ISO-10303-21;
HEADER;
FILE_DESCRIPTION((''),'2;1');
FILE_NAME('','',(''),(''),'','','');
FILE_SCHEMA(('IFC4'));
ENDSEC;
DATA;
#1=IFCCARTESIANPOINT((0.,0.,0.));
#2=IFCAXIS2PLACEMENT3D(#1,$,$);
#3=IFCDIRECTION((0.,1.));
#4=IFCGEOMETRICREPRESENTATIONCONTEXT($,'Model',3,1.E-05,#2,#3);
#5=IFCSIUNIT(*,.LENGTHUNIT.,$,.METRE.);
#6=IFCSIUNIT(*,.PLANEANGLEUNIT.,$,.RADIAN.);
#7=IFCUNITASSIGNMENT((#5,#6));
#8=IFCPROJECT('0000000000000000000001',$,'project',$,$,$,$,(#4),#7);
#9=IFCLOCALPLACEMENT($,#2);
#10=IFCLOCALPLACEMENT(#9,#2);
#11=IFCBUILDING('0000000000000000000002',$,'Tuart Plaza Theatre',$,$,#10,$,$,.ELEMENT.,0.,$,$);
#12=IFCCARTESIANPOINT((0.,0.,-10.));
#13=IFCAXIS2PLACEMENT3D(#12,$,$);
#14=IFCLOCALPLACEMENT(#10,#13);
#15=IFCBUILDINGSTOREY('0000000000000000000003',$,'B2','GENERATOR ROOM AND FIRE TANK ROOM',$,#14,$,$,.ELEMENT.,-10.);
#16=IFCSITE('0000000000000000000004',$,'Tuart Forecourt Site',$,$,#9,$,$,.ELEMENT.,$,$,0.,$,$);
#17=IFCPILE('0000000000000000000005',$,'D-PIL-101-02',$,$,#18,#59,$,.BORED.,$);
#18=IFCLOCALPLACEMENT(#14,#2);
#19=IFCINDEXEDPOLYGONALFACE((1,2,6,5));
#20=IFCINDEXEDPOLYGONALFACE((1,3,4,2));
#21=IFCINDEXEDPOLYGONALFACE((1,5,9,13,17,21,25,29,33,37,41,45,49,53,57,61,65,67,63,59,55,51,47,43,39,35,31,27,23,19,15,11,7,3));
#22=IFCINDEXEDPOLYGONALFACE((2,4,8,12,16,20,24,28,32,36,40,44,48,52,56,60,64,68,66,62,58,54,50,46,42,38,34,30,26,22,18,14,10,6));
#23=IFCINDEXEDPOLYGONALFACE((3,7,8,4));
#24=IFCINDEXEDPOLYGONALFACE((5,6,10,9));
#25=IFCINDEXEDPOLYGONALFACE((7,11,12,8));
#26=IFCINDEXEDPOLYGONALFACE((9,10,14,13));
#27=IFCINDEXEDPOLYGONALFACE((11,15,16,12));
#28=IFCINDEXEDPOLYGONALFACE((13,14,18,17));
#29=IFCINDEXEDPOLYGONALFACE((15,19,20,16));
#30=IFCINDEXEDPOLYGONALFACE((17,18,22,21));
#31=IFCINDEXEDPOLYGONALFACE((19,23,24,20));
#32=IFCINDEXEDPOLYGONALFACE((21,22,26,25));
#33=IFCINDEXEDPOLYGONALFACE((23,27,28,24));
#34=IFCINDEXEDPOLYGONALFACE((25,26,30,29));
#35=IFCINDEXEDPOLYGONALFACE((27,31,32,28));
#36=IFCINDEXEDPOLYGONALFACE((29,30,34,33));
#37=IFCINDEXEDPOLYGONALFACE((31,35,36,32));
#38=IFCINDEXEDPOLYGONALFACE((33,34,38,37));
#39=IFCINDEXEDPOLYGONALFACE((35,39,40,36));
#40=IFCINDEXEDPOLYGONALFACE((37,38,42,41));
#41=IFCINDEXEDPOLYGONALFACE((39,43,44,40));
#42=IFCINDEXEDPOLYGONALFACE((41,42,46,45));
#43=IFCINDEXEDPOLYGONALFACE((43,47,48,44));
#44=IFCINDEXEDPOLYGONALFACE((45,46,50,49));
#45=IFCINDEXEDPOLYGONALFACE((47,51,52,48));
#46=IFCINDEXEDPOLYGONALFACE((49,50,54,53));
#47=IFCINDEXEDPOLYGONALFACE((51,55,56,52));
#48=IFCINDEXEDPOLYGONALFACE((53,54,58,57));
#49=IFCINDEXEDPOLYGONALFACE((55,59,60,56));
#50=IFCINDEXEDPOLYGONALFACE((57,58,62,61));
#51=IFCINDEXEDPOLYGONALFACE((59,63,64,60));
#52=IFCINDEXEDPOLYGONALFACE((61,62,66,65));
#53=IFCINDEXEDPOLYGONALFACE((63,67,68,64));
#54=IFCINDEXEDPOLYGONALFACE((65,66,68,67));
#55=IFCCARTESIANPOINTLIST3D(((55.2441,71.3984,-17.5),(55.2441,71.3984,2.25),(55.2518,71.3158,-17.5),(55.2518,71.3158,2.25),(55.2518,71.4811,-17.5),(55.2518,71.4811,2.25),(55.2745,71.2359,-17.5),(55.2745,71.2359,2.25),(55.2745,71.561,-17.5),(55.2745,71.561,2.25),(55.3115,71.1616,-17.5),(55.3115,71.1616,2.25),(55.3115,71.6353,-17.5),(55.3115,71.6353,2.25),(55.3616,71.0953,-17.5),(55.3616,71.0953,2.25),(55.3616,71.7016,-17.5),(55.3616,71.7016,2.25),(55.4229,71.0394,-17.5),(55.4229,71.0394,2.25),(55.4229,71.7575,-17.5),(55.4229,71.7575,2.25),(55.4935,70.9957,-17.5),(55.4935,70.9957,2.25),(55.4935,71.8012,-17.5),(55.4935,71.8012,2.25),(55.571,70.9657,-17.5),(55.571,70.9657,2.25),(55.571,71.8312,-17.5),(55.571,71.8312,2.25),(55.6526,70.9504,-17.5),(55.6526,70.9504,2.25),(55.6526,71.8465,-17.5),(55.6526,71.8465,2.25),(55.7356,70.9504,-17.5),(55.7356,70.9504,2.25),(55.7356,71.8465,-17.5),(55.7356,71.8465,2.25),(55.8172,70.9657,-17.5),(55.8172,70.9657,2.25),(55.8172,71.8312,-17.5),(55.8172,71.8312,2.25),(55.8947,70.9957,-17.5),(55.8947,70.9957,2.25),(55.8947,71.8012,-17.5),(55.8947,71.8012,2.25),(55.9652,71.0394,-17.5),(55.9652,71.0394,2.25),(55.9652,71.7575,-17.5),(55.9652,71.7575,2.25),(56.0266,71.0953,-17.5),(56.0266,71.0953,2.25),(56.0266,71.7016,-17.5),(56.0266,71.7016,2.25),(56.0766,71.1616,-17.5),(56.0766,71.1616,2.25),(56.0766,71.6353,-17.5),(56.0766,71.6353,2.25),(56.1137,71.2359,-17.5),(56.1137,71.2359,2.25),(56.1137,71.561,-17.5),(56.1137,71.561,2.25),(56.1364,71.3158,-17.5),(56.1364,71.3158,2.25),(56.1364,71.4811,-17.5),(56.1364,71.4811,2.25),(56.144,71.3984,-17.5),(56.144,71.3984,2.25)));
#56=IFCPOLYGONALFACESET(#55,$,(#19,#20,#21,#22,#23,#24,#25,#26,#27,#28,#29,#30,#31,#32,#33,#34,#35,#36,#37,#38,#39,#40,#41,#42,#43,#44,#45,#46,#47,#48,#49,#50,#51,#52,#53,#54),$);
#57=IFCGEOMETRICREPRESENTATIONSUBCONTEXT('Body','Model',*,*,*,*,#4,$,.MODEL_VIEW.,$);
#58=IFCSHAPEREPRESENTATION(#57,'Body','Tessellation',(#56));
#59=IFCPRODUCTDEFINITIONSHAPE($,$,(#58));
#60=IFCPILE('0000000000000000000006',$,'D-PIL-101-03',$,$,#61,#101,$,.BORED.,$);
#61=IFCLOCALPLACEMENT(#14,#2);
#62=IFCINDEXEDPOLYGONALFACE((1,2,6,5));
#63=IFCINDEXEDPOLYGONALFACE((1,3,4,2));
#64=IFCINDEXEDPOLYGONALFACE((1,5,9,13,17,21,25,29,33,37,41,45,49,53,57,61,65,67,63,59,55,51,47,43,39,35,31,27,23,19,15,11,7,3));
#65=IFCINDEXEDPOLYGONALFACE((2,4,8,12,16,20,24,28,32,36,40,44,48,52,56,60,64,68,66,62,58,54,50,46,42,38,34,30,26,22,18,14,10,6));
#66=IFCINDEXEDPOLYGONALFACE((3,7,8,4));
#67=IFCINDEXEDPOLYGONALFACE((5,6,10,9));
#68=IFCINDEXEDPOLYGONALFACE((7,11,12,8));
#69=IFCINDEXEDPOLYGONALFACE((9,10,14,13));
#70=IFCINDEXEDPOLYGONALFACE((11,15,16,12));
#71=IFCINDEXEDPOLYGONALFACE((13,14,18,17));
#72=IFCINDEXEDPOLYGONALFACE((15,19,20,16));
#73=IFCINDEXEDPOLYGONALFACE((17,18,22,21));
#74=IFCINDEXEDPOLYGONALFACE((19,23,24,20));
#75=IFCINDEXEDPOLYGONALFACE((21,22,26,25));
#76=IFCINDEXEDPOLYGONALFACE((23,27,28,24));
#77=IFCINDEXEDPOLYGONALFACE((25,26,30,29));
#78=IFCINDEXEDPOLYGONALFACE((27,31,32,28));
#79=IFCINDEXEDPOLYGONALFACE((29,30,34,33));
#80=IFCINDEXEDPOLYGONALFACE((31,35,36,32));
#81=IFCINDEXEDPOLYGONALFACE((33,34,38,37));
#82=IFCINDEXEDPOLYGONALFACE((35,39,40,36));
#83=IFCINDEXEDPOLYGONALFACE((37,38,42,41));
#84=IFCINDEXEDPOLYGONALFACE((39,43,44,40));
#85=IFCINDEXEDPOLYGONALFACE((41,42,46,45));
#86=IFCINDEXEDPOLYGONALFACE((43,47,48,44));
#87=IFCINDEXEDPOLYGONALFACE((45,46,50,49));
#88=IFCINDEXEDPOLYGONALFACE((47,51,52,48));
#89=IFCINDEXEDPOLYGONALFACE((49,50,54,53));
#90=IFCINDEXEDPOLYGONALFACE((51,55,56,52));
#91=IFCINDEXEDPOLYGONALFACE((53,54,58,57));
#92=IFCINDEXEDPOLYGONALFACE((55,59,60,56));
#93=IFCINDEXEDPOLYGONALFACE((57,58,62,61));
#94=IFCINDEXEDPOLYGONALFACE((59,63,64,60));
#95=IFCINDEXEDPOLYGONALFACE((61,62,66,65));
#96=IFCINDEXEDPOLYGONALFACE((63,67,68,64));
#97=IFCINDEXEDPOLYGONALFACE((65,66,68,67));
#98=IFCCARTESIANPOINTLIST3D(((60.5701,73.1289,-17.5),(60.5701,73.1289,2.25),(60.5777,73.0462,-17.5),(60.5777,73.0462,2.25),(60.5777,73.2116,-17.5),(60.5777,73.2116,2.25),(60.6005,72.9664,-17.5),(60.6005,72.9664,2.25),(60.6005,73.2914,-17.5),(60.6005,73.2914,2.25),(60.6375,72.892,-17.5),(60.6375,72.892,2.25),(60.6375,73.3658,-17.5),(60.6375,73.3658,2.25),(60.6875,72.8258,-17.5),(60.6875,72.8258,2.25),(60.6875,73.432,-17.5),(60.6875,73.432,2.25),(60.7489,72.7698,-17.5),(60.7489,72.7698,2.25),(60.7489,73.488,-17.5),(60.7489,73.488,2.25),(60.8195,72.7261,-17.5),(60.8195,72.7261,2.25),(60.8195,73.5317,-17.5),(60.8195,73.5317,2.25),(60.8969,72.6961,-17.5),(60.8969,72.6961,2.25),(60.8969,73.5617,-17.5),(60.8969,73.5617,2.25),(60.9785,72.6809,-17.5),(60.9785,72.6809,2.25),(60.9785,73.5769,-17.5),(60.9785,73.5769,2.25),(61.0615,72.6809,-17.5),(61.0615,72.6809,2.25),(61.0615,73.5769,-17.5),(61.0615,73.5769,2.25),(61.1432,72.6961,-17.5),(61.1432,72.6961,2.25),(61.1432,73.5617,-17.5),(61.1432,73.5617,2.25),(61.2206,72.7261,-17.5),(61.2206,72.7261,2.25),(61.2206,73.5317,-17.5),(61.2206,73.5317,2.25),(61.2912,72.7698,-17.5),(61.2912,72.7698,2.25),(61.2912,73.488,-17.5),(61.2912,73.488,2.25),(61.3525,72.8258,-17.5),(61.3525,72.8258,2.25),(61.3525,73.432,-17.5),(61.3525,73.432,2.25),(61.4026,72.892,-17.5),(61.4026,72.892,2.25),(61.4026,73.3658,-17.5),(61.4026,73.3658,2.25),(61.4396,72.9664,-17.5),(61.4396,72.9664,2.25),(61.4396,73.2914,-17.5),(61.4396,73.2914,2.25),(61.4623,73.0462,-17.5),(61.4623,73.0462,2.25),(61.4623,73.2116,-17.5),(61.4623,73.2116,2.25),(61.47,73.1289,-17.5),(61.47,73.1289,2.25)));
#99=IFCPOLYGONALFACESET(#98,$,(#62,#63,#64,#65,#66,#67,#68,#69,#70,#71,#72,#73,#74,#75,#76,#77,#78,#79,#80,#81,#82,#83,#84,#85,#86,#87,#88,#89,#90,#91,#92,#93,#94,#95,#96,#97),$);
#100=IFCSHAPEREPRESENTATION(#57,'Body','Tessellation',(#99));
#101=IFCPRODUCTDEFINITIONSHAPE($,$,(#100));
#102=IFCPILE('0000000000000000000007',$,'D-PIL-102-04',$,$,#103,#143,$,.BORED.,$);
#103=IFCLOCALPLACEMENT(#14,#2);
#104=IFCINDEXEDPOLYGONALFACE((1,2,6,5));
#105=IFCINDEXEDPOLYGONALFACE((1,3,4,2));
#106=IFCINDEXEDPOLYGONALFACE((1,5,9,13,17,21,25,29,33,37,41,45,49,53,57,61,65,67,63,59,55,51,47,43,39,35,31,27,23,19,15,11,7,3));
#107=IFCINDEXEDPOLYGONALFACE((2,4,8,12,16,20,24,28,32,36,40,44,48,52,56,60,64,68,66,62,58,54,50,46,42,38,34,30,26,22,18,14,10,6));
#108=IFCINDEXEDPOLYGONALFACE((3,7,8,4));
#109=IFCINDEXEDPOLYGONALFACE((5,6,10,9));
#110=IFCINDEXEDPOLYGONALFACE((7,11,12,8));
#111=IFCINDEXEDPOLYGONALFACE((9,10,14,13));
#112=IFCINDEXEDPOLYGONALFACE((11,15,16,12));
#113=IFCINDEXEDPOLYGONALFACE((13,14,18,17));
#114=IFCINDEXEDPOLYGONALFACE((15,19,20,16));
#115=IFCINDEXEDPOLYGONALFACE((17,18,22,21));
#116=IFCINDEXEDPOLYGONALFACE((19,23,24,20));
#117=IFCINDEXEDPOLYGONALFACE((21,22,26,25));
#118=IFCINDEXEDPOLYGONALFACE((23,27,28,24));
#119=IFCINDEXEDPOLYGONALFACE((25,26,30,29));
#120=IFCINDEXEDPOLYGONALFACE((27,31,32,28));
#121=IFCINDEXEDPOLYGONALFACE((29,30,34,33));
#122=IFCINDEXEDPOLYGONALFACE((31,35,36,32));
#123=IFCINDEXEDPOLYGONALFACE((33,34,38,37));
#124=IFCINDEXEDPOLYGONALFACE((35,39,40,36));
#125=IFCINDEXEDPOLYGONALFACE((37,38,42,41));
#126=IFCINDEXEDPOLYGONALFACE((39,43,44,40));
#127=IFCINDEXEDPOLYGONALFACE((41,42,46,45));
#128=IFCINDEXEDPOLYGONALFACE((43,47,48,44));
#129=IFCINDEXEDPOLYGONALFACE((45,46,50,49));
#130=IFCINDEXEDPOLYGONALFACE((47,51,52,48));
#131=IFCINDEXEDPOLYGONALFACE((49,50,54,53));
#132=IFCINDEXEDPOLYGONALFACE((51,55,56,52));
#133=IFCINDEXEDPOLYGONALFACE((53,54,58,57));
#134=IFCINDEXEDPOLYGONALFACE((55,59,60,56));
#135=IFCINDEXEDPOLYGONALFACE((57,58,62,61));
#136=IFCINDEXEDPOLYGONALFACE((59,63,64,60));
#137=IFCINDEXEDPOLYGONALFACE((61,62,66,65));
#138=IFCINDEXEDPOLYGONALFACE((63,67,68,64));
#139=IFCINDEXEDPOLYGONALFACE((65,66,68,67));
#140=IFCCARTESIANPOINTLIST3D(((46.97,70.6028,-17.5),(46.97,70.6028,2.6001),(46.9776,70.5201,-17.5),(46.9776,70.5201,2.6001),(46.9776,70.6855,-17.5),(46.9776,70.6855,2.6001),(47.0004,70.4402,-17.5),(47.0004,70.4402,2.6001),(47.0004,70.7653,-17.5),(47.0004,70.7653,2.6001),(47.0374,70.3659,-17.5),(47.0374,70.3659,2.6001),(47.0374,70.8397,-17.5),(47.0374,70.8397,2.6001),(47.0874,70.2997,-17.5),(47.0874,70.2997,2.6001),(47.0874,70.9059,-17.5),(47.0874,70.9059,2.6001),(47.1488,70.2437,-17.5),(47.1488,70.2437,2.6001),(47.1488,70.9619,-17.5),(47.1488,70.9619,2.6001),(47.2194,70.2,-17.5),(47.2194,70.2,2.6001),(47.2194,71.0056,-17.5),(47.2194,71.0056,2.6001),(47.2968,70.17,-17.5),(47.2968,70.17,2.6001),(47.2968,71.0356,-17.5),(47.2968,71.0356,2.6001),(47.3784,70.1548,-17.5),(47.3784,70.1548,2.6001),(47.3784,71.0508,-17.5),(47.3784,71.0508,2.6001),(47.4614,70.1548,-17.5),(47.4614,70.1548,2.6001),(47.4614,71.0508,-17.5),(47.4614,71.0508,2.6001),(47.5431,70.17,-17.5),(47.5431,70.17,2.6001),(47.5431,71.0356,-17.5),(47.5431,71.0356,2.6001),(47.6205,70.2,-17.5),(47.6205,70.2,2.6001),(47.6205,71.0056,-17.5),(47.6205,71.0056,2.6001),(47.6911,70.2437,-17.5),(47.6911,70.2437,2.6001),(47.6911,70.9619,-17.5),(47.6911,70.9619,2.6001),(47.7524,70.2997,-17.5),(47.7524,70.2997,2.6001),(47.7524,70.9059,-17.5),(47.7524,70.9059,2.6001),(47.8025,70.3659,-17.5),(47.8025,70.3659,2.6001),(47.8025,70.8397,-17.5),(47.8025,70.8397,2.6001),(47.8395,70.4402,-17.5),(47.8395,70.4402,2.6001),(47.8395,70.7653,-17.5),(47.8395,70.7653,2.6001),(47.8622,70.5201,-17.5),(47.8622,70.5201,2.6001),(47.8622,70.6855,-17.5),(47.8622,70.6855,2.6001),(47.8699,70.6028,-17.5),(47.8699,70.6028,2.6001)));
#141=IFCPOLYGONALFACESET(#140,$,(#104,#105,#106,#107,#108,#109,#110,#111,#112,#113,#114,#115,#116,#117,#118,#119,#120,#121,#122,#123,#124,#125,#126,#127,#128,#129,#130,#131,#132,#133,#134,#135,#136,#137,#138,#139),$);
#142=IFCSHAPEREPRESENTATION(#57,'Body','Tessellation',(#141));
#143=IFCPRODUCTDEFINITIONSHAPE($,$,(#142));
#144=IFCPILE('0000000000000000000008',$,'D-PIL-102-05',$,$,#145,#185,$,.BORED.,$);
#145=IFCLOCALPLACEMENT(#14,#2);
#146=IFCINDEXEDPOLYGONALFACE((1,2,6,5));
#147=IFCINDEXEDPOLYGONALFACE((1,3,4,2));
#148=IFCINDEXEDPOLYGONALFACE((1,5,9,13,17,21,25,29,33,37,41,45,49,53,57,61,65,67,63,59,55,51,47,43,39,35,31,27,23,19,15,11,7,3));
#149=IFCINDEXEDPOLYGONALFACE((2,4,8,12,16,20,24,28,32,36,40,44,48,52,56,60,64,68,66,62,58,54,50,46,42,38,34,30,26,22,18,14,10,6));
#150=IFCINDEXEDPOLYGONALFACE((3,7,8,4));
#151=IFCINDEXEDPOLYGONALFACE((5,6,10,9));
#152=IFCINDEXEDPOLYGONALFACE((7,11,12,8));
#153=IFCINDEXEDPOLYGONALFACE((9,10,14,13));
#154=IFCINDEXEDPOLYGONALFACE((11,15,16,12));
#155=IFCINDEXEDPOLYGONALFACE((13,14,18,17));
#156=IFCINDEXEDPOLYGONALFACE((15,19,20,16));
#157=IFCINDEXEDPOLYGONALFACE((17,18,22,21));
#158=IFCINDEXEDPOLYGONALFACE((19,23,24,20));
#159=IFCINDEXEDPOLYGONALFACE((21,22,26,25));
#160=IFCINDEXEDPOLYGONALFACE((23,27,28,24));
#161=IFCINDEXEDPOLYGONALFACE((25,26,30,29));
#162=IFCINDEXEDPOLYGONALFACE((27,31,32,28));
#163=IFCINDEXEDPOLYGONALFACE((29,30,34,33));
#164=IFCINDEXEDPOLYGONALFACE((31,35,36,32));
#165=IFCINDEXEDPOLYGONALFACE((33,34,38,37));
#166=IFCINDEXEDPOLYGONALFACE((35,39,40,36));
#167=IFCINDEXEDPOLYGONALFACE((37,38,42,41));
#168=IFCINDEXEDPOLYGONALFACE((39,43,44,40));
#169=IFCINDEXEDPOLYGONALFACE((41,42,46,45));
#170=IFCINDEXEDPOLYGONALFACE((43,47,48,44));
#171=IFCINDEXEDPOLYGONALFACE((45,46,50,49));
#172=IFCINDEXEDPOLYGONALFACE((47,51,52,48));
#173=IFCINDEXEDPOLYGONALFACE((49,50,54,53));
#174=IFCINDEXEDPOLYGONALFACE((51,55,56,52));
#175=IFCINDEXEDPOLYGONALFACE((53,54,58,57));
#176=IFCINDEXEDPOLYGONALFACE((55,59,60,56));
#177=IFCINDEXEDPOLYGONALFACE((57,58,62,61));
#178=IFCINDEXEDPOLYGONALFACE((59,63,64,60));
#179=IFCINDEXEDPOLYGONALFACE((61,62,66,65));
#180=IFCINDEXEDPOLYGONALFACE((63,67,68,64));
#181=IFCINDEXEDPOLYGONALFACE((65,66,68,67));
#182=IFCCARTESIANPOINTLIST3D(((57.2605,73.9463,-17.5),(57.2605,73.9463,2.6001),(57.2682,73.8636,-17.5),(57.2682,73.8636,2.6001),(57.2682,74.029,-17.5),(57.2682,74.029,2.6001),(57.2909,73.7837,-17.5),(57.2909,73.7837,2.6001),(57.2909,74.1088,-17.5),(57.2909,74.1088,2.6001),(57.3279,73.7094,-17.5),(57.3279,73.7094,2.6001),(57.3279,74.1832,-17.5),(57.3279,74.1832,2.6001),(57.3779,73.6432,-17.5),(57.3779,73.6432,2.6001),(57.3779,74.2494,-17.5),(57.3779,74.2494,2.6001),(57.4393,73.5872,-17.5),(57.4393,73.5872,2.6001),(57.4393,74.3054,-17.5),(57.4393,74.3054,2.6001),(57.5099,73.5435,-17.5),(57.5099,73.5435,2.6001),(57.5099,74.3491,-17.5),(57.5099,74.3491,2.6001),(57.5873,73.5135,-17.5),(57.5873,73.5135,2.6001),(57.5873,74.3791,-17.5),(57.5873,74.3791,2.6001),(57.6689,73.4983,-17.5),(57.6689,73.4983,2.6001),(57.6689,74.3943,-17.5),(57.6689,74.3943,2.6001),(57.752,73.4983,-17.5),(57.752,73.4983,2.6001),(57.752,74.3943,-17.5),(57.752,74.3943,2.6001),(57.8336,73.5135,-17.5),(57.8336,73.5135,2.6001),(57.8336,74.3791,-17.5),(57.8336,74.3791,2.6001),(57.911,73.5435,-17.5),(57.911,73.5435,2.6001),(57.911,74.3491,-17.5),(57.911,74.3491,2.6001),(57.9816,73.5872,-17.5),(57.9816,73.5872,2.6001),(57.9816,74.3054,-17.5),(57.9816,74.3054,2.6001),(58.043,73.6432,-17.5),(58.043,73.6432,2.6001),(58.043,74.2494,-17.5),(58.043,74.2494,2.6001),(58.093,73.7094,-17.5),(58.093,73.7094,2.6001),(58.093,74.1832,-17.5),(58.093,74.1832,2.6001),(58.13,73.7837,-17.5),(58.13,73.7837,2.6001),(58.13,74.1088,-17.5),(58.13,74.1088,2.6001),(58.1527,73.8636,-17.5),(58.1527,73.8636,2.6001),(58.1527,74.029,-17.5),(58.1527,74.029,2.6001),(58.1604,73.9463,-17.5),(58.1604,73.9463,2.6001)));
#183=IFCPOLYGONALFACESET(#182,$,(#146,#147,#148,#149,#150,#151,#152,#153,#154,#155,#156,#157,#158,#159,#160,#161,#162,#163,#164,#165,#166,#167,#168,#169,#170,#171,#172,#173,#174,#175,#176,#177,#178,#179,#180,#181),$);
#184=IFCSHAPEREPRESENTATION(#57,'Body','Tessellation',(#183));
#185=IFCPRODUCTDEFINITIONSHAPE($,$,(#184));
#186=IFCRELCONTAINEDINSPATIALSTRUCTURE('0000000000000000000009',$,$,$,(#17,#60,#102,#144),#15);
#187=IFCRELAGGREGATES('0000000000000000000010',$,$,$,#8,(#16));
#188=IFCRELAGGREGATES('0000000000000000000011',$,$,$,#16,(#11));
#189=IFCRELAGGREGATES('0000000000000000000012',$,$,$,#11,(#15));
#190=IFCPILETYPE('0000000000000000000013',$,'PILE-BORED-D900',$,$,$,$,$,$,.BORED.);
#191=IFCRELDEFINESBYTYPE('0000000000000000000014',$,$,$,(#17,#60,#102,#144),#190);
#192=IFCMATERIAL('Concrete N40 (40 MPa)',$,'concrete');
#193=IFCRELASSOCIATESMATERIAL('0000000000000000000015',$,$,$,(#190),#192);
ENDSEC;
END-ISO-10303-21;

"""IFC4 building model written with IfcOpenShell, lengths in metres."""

from ifc_helpers import new_model, si_unit, direction, frame, origin, origin_2d, place, context, subcontext, project, spatial, circle, extrude, material, material_profile, profile_set, type_object, element, save


model = new_model("IFC4")

# Units and contexts
model_context = context("Model", 3, precision=1e-05, world=origin(), true_north=direction((0.0, 1.0)))
body_context = subcontext(model_context, "Body", "Model", "MODEL_VIEW")
ifc_project = project(units=[si_unit("LENGTHUNIT", "METRE"), si_unit("PLANEANGLEUNIT", "RADIAN")], contexts=[model_context])

# Site, building, storey
site_placement = place(None, origin())
site = spatial("IfcSite", under=ifc_project, at=site_placement, Name="Tuart Forecourt Site", CompositionType="ELEMENT", RefElevation=0.0)
building_placement = place(site_placement, origin())
building = spatial("IfcBuilding", under=site, at=building_placement, Name="Tuart Plaza Theatre", CompositionType="ELEMENT", ElevationOfRefHeight=0.0)
storey_placement = place(building_placement, frame((0.0, 0.0, -10.0)))
storey = spatial("IfcBuildingStorey", under=building, at=storey_placement, Name="B2", Description="GENERATOR ROOM AND FIRE TANK ROOM", CompositionType="ELEMENT", Elevation=-10.0)

# Piles
ifc_material_1 = material(Name="Concrete N40 (40 MPa)", Category="concrete")
ifc_material_profile_1 = material_profile(ifc_material_1, circle(Radius=0.45, at=origin_2d()), Name="PILE-BORED-D900")
ifc_profile_set_1 = profile_set([ifc_material_profile_1], Name="Concrete N40 (40 MPa)")
pile_type_1 = type_object("IfcPileType", Name="PILE-BORED-D900", PredefinedType="BORED", material=ifc_profile_set_1)
for number, where, z_axis, x_axis, name in (
    (1, (55.6941, 71.3984, 2.25), (0.0, 0.0, -1.0), (1.0, 0.0, 0.0), "D-PIL-101-02"),
    (2, (61.02, 73.1289, 2.25), (0.0, 0.0, -1.0), (1.0, 0.0, 0.0), "D-PIL-101-03"),
):
    element("IfcPile", number, at=place(storey_placement, frame(where, z_axis=z_axis, x_axis=x_axis)), inside=storey, type_object=pile_type_1, Name=name, PredefinedType="BORED", context=body_context, shape_type="SweptSolid", body=[
        extrude(circle(Radius=0.45, at=origin_2d()), origin(), (0.0, 0.0, 1.0), 19.75),
    ])
for number, where, z_axis, x_axis, name in (
    (3, (47.4199, 70.6028, 2.6001), (0.0, 0.0, -1.0), (1.0, 0.0, 0.0), "D-PIL-102-04"),
    (4, (57.7104, 73.9463, 2.6001), (0.0, 0.0, -1.0), (1.0, 0.0, 0.0), "D-PIL-102-05"),
):
    element("IfcPile", number, at=place(storey_placement, frame(where, z_axis=z_axis, x_axis=x_axis)), inside=storey, type_object=pile_type_1, Name=name, PredefinedType="BORED", context=body_context, shape_type="SweptSolid", body=[
        extrude(circle(Radius=0.45, at=origin_2d()), origin(), (0.0, 0.0, 1.0), 20.1001),
    ])

save(model, "model.ifc")
